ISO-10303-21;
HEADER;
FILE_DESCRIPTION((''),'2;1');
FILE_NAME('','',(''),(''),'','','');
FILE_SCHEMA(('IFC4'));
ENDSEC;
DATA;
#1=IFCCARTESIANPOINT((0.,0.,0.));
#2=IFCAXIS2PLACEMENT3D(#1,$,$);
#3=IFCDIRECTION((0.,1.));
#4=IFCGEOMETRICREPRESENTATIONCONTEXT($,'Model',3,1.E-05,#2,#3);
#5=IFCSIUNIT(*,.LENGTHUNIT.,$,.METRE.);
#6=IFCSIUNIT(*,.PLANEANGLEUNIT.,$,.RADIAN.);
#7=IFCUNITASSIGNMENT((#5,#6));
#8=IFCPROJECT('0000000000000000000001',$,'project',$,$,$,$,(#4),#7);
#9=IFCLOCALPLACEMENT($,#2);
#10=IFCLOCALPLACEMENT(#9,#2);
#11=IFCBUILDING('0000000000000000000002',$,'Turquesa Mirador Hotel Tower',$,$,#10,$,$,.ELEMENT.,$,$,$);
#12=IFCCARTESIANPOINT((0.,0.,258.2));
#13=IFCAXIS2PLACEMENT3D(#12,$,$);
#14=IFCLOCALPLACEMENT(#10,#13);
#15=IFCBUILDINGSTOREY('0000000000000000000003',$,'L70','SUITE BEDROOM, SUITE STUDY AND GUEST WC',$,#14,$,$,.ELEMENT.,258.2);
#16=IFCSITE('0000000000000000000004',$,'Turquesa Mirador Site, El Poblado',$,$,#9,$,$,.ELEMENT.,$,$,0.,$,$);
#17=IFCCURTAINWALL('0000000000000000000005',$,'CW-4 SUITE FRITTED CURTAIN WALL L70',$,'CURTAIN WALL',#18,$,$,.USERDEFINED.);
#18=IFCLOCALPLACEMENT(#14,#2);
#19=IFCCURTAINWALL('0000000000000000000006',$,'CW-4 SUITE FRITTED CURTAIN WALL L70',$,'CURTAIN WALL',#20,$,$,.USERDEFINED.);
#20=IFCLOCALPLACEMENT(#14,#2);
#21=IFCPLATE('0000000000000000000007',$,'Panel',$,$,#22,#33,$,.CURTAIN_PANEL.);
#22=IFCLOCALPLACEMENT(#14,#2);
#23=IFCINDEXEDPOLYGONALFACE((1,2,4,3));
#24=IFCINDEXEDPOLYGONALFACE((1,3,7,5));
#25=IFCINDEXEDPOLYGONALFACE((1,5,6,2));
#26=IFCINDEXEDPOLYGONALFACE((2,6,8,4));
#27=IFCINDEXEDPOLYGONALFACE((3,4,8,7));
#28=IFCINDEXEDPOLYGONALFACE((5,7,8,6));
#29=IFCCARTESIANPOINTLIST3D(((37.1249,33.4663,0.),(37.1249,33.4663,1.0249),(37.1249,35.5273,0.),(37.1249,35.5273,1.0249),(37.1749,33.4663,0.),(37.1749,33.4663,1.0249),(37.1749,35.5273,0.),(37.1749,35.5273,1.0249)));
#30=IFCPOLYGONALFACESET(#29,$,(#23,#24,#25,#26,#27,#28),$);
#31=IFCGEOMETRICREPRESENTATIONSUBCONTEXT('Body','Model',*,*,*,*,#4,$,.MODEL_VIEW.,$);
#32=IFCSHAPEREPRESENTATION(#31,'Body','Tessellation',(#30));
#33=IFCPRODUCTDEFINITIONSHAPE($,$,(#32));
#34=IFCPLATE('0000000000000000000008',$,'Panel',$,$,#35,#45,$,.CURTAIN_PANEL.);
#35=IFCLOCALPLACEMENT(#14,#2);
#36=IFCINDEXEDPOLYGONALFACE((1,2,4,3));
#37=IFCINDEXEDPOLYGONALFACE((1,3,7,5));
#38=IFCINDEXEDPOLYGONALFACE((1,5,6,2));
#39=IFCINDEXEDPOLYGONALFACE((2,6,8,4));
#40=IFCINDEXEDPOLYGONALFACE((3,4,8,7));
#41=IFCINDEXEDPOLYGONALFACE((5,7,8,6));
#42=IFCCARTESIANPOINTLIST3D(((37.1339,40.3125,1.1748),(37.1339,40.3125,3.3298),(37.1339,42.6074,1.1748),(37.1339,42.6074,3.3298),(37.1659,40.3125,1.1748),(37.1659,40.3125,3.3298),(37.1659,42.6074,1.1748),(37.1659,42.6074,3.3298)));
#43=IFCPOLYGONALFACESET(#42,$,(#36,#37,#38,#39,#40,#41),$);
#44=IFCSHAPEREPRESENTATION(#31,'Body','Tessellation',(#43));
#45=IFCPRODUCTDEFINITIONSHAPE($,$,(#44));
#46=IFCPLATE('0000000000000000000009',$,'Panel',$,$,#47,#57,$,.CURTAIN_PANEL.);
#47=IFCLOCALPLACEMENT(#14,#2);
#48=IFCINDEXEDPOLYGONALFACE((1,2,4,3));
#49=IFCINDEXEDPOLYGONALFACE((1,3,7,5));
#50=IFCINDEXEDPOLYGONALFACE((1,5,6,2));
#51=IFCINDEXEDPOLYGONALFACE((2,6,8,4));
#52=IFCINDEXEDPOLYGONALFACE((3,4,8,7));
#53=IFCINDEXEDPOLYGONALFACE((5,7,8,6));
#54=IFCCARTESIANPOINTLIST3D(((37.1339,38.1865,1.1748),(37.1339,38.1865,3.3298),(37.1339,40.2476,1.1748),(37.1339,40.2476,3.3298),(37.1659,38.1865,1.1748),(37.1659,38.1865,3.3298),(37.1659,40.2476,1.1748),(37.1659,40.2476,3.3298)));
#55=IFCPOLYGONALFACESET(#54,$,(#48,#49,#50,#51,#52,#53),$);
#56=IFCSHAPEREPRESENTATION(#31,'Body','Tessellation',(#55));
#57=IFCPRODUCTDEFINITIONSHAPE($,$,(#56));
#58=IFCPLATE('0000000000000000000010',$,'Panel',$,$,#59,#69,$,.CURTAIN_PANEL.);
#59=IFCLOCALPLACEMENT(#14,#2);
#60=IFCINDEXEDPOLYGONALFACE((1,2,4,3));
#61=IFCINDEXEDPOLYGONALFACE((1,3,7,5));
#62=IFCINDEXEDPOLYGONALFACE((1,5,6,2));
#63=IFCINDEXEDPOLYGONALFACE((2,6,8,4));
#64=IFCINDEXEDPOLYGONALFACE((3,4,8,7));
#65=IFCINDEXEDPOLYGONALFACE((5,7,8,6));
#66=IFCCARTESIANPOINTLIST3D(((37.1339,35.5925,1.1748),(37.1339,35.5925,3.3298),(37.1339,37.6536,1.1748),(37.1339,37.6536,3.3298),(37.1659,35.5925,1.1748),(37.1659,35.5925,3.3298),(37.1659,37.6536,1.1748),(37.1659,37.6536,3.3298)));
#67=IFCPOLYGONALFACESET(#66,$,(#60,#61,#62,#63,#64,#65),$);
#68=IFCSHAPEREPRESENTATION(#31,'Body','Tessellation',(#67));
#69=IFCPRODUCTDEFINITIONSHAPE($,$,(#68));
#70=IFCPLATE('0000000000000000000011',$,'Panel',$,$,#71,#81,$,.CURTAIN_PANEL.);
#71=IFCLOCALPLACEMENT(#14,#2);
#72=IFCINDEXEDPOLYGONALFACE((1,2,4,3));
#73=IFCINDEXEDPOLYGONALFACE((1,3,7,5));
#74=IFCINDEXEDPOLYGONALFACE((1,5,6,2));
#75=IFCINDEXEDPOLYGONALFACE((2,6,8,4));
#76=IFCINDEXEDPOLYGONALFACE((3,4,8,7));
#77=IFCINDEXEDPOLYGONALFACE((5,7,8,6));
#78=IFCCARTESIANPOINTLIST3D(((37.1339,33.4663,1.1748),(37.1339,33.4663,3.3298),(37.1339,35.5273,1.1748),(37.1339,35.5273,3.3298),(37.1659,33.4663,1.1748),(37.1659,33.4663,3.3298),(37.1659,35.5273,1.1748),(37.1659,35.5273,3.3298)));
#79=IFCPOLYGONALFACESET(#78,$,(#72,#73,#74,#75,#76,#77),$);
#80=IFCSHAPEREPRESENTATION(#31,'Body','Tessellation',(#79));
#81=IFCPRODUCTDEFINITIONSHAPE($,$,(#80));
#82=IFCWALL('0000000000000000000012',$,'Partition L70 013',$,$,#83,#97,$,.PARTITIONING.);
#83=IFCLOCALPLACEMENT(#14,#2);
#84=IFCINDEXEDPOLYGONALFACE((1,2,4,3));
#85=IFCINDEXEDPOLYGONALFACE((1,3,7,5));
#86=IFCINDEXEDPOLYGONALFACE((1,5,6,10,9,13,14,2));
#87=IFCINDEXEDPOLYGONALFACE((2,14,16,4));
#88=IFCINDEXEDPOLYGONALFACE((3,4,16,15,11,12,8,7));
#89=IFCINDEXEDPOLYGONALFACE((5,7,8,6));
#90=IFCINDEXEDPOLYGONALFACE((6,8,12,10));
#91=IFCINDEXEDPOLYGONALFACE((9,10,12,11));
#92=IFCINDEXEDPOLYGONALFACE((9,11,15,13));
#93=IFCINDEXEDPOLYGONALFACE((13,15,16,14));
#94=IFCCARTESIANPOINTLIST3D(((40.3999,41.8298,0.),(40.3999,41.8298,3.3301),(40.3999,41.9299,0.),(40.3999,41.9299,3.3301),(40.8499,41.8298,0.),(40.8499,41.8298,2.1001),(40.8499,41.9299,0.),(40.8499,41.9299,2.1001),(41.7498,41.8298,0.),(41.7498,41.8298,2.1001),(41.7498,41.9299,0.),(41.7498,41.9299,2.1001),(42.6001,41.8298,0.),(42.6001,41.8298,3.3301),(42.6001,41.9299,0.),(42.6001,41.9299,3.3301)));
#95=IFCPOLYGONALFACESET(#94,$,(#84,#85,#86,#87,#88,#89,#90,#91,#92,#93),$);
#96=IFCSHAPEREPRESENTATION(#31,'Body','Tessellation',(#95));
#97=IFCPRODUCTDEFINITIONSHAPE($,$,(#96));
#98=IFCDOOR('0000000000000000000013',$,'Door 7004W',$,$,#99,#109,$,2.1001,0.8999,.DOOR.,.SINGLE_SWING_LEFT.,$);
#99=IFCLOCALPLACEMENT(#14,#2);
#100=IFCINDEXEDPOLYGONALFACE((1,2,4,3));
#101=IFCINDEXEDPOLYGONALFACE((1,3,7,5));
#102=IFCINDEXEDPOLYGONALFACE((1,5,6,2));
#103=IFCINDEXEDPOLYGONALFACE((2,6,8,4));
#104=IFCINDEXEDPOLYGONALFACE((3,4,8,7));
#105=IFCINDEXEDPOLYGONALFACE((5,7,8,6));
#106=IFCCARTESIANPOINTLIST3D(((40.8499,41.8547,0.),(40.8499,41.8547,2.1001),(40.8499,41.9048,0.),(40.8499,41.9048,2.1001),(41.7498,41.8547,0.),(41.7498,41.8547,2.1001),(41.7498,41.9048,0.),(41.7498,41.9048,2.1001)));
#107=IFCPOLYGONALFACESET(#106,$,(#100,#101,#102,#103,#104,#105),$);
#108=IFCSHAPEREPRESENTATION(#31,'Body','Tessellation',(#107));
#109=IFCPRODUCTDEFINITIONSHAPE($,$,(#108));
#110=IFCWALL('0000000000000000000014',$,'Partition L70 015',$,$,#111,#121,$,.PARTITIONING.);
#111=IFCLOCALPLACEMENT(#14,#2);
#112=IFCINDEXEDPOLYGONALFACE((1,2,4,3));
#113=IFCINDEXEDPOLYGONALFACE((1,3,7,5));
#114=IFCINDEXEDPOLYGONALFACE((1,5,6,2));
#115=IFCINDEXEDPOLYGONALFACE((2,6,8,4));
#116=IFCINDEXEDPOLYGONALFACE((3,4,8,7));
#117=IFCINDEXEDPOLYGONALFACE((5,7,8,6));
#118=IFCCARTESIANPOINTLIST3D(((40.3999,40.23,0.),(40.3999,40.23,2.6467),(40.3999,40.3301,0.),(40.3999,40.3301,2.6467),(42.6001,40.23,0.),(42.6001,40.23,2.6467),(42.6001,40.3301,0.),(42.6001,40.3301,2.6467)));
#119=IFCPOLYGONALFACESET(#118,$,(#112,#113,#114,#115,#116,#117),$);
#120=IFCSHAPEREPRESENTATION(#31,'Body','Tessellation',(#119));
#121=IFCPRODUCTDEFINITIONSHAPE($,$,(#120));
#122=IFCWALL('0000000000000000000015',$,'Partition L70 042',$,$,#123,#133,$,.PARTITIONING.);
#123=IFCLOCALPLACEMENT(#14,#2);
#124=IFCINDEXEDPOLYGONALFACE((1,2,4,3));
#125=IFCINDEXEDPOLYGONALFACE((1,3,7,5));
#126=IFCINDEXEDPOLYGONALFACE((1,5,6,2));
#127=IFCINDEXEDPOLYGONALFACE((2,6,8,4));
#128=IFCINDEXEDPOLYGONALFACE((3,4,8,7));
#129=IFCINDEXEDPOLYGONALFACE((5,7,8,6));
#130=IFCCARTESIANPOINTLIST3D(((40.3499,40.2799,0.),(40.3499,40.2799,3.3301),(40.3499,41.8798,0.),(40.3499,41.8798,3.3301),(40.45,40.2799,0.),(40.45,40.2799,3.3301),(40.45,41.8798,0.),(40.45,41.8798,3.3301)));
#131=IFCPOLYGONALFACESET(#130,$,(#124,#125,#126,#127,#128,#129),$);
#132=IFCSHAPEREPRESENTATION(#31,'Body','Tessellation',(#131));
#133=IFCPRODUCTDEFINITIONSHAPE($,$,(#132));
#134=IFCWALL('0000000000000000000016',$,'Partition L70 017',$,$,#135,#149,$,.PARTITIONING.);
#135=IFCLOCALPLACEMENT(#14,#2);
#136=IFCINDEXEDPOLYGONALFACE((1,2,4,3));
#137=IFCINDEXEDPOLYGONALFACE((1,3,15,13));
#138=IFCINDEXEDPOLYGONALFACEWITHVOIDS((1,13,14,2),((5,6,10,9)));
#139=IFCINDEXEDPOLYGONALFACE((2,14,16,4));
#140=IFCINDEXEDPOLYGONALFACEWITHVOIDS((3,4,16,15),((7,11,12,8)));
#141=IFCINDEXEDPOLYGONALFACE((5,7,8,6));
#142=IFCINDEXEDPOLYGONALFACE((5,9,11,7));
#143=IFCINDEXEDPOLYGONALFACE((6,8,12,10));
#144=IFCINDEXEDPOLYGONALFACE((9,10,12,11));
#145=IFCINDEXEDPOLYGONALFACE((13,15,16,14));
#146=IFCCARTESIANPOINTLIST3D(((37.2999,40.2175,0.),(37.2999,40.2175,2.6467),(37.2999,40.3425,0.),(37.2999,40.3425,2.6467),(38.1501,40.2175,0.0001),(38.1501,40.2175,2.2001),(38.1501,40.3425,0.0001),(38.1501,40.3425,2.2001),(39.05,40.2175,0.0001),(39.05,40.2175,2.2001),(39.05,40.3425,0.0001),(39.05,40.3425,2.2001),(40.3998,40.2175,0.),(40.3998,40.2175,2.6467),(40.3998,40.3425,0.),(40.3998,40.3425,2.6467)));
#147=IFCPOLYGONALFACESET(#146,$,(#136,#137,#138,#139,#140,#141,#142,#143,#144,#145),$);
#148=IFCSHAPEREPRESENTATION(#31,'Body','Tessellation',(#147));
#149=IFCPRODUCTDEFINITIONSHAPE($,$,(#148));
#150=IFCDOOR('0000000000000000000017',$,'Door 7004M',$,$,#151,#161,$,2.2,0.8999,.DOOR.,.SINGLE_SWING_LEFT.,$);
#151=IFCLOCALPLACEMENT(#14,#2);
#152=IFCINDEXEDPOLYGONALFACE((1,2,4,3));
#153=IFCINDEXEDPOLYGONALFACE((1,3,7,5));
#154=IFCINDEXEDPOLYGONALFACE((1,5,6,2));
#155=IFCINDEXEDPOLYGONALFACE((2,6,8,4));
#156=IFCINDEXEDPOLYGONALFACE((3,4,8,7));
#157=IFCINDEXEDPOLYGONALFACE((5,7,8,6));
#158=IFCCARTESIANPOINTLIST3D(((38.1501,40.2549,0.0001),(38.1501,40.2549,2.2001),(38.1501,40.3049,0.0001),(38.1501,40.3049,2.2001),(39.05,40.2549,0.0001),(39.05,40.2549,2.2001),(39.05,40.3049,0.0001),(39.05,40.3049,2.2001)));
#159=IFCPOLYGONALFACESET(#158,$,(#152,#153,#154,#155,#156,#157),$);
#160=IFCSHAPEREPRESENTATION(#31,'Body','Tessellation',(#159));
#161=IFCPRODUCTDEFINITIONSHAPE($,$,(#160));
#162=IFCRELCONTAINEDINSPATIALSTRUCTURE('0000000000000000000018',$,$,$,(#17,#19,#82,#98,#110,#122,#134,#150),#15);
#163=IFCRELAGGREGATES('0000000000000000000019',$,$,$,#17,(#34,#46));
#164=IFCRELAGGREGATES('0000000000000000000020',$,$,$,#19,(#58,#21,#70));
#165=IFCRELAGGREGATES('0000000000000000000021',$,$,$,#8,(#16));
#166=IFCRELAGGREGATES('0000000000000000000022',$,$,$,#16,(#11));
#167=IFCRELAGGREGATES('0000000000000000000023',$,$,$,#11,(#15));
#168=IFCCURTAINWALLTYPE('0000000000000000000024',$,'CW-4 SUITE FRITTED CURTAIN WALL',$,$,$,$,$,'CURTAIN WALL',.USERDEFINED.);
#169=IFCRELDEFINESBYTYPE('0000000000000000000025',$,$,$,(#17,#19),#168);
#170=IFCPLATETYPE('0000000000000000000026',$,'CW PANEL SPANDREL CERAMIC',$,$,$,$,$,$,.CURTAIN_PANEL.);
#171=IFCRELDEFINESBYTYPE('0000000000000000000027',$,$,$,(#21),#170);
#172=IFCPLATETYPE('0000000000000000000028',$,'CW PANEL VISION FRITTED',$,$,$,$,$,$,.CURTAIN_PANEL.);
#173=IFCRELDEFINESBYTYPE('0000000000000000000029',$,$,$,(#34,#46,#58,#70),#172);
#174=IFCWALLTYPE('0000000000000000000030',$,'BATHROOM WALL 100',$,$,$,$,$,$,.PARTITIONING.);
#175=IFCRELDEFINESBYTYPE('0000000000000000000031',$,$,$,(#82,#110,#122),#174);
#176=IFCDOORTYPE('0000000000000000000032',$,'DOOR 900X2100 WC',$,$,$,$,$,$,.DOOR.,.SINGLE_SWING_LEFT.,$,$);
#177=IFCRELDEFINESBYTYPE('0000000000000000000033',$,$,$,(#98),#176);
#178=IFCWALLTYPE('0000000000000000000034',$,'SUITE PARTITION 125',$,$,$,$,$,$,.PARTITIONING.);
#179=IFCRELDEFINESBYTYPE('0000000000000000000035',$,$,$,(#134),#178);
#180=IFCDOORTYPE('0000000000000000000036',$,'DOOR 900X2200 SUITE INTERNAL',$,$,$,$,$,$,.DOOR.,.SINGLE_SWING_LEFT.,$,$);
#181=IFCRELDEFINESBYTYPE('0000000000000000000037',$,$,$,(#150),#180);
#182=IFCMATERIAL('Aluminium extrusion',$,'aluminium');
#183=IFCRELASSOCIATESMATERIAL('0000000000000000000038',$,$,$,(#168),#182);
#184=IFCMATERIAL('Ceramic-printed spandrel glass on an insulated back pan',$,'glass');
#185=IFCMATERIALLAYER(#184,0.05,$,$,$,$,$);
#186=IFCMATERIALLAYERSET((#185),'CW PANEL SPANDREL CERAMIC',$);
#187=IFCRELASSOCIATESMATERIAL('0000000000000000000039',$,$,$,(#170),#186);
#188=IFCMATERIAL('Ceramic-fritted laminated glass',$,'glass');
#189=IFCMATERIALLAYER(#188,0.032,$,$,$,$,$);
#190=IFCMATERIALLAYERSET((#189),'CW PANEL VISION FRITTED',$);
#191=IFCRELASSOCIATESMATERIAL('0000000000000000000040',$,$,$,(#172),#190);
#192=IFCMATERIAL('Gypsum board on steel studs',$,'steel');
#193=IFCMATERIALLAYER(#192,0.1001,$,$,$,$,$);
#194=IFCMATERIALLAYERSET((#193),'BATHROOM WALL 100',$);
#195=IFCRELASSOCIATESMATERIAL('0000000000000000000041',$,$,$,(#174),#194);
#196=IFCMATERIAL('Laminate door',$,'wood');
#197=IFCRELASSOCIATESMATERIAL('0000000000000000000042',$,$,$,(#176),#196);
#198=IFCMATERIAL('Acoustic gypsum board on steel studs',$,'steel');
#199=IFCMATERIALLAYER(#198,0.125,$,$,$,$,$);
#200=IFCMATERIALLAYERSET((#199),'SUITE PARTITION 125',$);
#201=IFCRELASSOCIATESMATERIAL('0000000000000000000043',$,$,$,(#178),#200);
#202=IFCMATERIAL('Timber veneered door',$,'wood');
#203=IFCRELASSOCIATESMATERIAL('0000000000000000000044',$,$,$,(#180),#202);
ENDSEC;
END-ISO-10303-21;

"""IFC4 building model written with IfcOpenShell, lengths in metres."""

from ifc_helpers import new_model, si_unit, direction, frame, frame_2d, origin, origin_2d, place, context, subcontext, project, spatial, rectangle, extrude, material, layer, layer_set, type_object, element, fill, aggregate, save


model = new_model("IFC4")

# Units and contexts
model_context = context("Model", 3, precision=1e-05, world=origin(), true_north=direction((0.0, 1.0)))
body_context = subcontext(model_context, "Body", "Model", "MODEL_VIEW")
ifc_project = project(units=[si_unit("LENGTHUNIT", "METRE"), si_unit("PLANEANGLEUNIT", "RADIAN")], contexts=[model_context])

# Site, building, storey
site_placement = place(None, origin())
site = spatial("IfcSite", under=ifc_project, at=site_placement, Name="Turquesa Mirador Site, El Poblado", CompositionType="ELEMENT", RefElevation=0.0)
building_placement = place(site_placement, origin())
building = spatial("IfcBuilding", under=site, at=building_placement, Name="Turquesa Mirador Hotel Tower", CompositionType="ELEMENT")
storey_placement = place(building_placement, frame((0.0, 0.0, 258.2)))
storey = spatial("IfcBuildingStorey", under=building, at=storey_placement, Name="L70", Description="SUITE BEDROOM, SUITE STUDY AND GUEST WC", CompositionType="ELEMENT", Elevation=258.2)

# Curtain walls
ifc_material_1 = material(Name="Aluminium extrusion", Category="aluminium")
curtain_wall_type = type_object("IfcCurtainWallType", Name="CW-4 SUITE FRITTED CURTAIN WALL", ElementType="CURTAIN WALL", PredefinedType="USERDEFINED", material=ifc_material_1)
curtain_wall_1_placement = place(storey_placement, origin())
curtain_wall_1 = element("IfcCurtainWall", 1, at=curtain_wall_1_placement, inside=storey, type_object=curtain_wall_type, Name="CW-4 SUITE FRITTED CURTAIN WALL L70", ObjectType="CURTAIN WALL", PredefinedType="USERDEFINED")
curtain_wall_2_placement = place(storey_placement, origin())
curtain_wall_2 = element("IfcCurtainWall", 2, at=curtain_wall_2_placement, inside=storey, type_object=curtain_wall_type, Name="CW-4 SUITE FRITTED CURTAIN WALL L70", ObjectType="CURTAIN WALL", PredefinedType="USERDEFINED")

# Plates
ifc_material_2 = material(Name="Ceramic-printed spandrel glass on an insulated back pan", Category="glass")
ifc_layer_1 = layer(ifc_material_2, 0.05)
ifc_layer_set_1 = layer_set([ifc_layer_1], Name="CW PANEL SPANDREL CERAMIC")
plate_type_1 = type_object("IfcPlateType", Name="CW PANEL SPANDREL CERAMIC", PredefinedType="CURTAIN_PANEL", material=ifc_layer_set_1)
plate_1_placement = place(storey_placement, frame((37.1499, 34.4968, 0.0), z_axis=(0.0, 0.0, 1.0), x_axis=(0.0, -1.0, 0.0)))
plate_1 = element("IfcPlate", 3, at=plate_1_placement, type_object=plate_type_1, Name="Panel", PredefinedType="CURTAIN_PANEL", context=body_context, shape_type="SweptSolid", body=[
    extrude(rectangle(XDim=2.061, YDim=0.05, at=origin_2d()), origin(), (0.0, 0.0, 1.0), 1.0249),
])
ifc_material_3 = material(Name="Ceramic-fritted laminated glass", Category="glass")
ifc_layer_2 = layer(ifc_material_3, 0.032)
ifc_layer_set_2 = layer_set([ifc_layer_2], Name="CW PANEL VISION FRITTED")
plate_type_2 = type_object("IfcPlateType", Name="CW PANEL VISION FRITTED", PredefinedType="CURTAIN_PANEL", material=ifc_layer_set_2)
plate_2_placement = place(storey_placement, frame((37.1499, 41.46, 1.1748), z_axis=(0.0, 0.0, 1.0), x_axis=(0.0, -1.0, 0.0)))
plate_2 = element("IfcPlate", 4, at=plate_2_placement, type_object=plate_type_2, Name="Panel", PredefinedType="CURTAIN_PANEL", context=body_context, shape_type="SweptSolid", body=[
    extrude(rectangle(XDim=2.2949, YDim=0.032, at=origin_2d()), origin(), (0.0, 0.0, 1.0), 2.155),
])
plate_3_placement = place(storey_placement, frame((37.1499, 39.217, 1.1748), z_axis=(0.0, 0.0, 1.0), x_axis=(0.0, -1.0, 0.0)))
plate_3 = element("IfcPlate", 5, at=plate_3_placement, type_object=plate_type_2, Name="Panel", PredefinedType="CURTAIN_PANEL", context=body_context, shape_type="SweptSolid", body=[
    extrude(rectangle(XDim=2.061, YDim=0.032, at=origin_2d()), origin(), (0.0, 0.0, 1.0), 2.155),
])
aggregate(curtain_wall_1, [plate_2, plate_3])
plate_4_placement = place(storey_placement, frame((37.1499, 36.623, 1.1748), z_axis=(0.0, 0.0, 1.0), x_axis=(0.0, -1.0, 0.0)))
plate_4 = element("IfcPlate", 6, at=plate_4_placement, type_object=plate_type_2, Name="Panel", PredefinedType="CURTAIN_PANEL", context=body_context, shape_type="SweptSolid", body=[
    extrude(rectangle(XDim=2.061, YDim=0.032, at=origin_2d()), origin(), (0.0, 0.0, 1.0), 2.155),
])
plate_5_placement = place(storey_placement, frame((37.1499, 34.4968, 1.1748), z_axis=(0.0, 0.0, 1.0), x_axis=(0.0, -1.0, 0.0)))
plate_5 = element("IfcPlate", 7, at=plate_5_placement, type_object=plate_type_2, Name="Panel", PredefinedType="CURTAIN_PANEL", context=body_context, shape_type="SweptSolid", body=[
    extrude(rectangle(XDim=2.061, YDim=0.032, at=origin_2d()), origin(), (0.0, 0.0, 1.0), 2.155),
])
aggregate(curtain_wall_2, [plate_4, plate_1, plate_5])

# Wall, opening, door
ifc_material_4 = material(Name="Gypsum board on steel studs", Category="steel")
ifc_layer_3 = layer(ifc_material_4, 0.1001)
ifc_layer_set_3 = layer_set([ifc_layer_3], Name="BATHROOM WALL 100")
wall_type_1 = type_object("IfcWallType", Name="BATHROOM WALL 100", PredefinedType="PARTITIONING", material=ifc_layer_set_3)
wall_1_placement = place(storey_placement, frame((40.3999, 41.8799, 0.0), z_axis=(0.0, 0.0, 1.0), x_axis=(1.0, 0.0, 0.0)))
wall_1 = element("IfcWall", 8, at=wall_1_placement, inside=storey, type_object=wall_type_1, Name="Partition L70 013", PredefinedType="PARTITIONING", context=body_context, shape_type="SweptSolid", body=[
    extrude(rectangle(XDim=2.2002, YDim=0.1001, at=frame_2d((1.1001, 0.0))), origin(), (0.0, 0.0, 1.0), 3.3301),
])
opening_1_placement = place(wall_1_placement, frame((0.45, 0.0, 0.0)))
opening_1 = element("IfcOpeningElement", 9, at=opening_1_placement, cuts=wall_1, PredefinedType="OPENING", context=body_context, shape_type="SweptSolid", body=[
    extrude(rectangle(XDim=0.8999, YDim=2.1001, at=frame_2d((0.45, 1.05))), frame((0.0, 0.0601, 0.0), z_axis=(0.0, -1.0, 0.0), x_axis=(1.0, 0.0, 0.0)), (0.0, 0.0, 1.0), 0.1201),
])
ifc_material_5 = material(Name="Laminate door", Category="wood")
door_type_1 = type_object("IfcDoorType", Name="DOOR 900X2100 WC", OperationType="SINGLE_SWING_LEFT", PredefinedType="DOOR", material=ifc_material_5)
door_1_placement = place(opening_1_placement, origin())
door_1 = element("IfcDoor", 10, at=door_1_placement, inside=storey, type_object=door_type_1, Name="Door 7004W", OperationType="SINGLE_SWING_LEFT", OverallHeight=2.1001, OverallWidth=0.8999, PredefinedType="DOOR", context=body_context, shape_type="SweptSolid", body=[
    extrude(rectangle(XDim=0.8999, YDim=2.1001, at=frame_2d((0.45, 1.05))), frame((0.0, 0.0249, 0.0), z_axis=(0.0, -1.0, 0.0), x_axis=(1.0, 0.0, 0.0)), (0.0, 0.0, 1.0), 0.05),
])
fill(opening_1, door_1)

# Walls
wall_2_placement = place(storey_placement, frame((40.3999, 40.28, 0.0), z_axis=(0.0, 0.0, 1.0), x_axis=(1.0, 0.0, 0.0)))
element("IfcWall", 11, at=wall_2_placement, inside=storey, type_object=wall_type_1, Name="Partition L70 015", PredefinedType="PARTITIONING", context=body_context, shape_type="SweptSolid", body=[
    extrude(rectangle(XDim=2.2002, YDim=0.1001, at=frame_2d((1.1001, 0.0))), origin(), (0.0, 0.0, 1.0), 2.6467),
])
wall_3_placement = place(storey_placement, frame((40.3999, 40.28, 0.0), z_axis=(0.0, 0.0, 1.0), x_axis=(0.0, 1.0, 0.0)))
element("IfcWall", 12, at=wall_3_placement, inside=storey, type_object=wall_type_1, Name="Partition L70 042", PredefinedType="PARTITIONING", context=body_context, shape_type="SweptSolid", body=[
    extrude(rectangle(XDim=1.5999, YDim=0.1001, at=frame_2d((0.7998, 0.0))), origin(), (0.0, 0.0, 1.0), 3.3301),
])

# Wall, opening, door
ifc_material_6 = material(Name="Acoustic gypsum board on steel studs", Category="steel")
ifc_layer_4 = layer(ifc_material_6, 0.125)
ifc_layer_set_4 = layer_set([ifc_layer_4], Name="SUITE PARTITION 125")
wall_type_2 = type_object("IfcWallType", Name="SUITE PARTITION 125", PredefinedType="PARTITIONING", material=ifc_layer_set_4)
wall_4_placement = place(storey_placement, frame((37.3, 40.28, 0.0), z_axis=(0.0, 0.0, 1.0), x_axis=(1.0, 0.0, 0.0)))
wall_4 = element("IfcWall", 13, at=wall_4_placement, inside=storey, type_object=wall_type_2, Name="Partition L70 017", PredefinedType="PARTITIONING", context=body_context, shape_type="SweptSolid", body=[
    extrude(rectangle(XDim=3.0999, YDim=0.125, at=frame_2d((1.5498, 0.0))), origin(), (0.0, 0.0, 1.0), 2.6467),
])
opening_2_placement = place(wall_4_placement, frame((0.8501, 0.0, 0.0)))
opening_2 = element("IfcOpeningElement", 14, at=opening_2_placement, cuts=wall_4, PredefinedType="OPENING", context=body_context, shape_type="SweptSolid", body=[
    extrude(rectangle(XDim=0.8999, YDim=2.2, at=frame_2d((0.45, 1.1001))), frame((0.0, 0.0725, 0.0), z_axis=(0.0, -1.0, 0.0), x_axis=(1.0, 0.0, 0.0)), (0.0, 0.0, 1.0), 0.145),
])
ifc_material_7 = material(Name="Timber veneered door", Category="wood")
door_type_2 = type_object("IfcDoorType", Name="DOOR 900X2200 SUITE INTERNAL", OperationType="SINGLE_SWING_LEFT", PredefinedType="DOOR", material=ifc_material_7)
door_2_placement = place(opening_2_placement, origin())
door_2 = element("IfcDoor", 15, at=door_2_placement, inside=storey, type_object=door_type_2, Name="Door 7004M", OperationType="SINGLE_SWING_LEFT", OverallHeight=2.2, OverallWidth=0.8999, PredefinedType="DOOR", context=body_context, shape_type="SweptSolid", body=[
    extrude(rectangle(XDim=0.8999, YDim=2.2, at=frame_2d((0.45, 1.1001))), frame((0.0, 0.0249, 0.0), z_axis=(0.0, -1.0, 0.0), x_axis=(1.0, 0.0, 0.0)), (0.0, 0.0, 1.0), 0.05),
])
fill(opening_2, door_2)

save(model, "model.ifc")
